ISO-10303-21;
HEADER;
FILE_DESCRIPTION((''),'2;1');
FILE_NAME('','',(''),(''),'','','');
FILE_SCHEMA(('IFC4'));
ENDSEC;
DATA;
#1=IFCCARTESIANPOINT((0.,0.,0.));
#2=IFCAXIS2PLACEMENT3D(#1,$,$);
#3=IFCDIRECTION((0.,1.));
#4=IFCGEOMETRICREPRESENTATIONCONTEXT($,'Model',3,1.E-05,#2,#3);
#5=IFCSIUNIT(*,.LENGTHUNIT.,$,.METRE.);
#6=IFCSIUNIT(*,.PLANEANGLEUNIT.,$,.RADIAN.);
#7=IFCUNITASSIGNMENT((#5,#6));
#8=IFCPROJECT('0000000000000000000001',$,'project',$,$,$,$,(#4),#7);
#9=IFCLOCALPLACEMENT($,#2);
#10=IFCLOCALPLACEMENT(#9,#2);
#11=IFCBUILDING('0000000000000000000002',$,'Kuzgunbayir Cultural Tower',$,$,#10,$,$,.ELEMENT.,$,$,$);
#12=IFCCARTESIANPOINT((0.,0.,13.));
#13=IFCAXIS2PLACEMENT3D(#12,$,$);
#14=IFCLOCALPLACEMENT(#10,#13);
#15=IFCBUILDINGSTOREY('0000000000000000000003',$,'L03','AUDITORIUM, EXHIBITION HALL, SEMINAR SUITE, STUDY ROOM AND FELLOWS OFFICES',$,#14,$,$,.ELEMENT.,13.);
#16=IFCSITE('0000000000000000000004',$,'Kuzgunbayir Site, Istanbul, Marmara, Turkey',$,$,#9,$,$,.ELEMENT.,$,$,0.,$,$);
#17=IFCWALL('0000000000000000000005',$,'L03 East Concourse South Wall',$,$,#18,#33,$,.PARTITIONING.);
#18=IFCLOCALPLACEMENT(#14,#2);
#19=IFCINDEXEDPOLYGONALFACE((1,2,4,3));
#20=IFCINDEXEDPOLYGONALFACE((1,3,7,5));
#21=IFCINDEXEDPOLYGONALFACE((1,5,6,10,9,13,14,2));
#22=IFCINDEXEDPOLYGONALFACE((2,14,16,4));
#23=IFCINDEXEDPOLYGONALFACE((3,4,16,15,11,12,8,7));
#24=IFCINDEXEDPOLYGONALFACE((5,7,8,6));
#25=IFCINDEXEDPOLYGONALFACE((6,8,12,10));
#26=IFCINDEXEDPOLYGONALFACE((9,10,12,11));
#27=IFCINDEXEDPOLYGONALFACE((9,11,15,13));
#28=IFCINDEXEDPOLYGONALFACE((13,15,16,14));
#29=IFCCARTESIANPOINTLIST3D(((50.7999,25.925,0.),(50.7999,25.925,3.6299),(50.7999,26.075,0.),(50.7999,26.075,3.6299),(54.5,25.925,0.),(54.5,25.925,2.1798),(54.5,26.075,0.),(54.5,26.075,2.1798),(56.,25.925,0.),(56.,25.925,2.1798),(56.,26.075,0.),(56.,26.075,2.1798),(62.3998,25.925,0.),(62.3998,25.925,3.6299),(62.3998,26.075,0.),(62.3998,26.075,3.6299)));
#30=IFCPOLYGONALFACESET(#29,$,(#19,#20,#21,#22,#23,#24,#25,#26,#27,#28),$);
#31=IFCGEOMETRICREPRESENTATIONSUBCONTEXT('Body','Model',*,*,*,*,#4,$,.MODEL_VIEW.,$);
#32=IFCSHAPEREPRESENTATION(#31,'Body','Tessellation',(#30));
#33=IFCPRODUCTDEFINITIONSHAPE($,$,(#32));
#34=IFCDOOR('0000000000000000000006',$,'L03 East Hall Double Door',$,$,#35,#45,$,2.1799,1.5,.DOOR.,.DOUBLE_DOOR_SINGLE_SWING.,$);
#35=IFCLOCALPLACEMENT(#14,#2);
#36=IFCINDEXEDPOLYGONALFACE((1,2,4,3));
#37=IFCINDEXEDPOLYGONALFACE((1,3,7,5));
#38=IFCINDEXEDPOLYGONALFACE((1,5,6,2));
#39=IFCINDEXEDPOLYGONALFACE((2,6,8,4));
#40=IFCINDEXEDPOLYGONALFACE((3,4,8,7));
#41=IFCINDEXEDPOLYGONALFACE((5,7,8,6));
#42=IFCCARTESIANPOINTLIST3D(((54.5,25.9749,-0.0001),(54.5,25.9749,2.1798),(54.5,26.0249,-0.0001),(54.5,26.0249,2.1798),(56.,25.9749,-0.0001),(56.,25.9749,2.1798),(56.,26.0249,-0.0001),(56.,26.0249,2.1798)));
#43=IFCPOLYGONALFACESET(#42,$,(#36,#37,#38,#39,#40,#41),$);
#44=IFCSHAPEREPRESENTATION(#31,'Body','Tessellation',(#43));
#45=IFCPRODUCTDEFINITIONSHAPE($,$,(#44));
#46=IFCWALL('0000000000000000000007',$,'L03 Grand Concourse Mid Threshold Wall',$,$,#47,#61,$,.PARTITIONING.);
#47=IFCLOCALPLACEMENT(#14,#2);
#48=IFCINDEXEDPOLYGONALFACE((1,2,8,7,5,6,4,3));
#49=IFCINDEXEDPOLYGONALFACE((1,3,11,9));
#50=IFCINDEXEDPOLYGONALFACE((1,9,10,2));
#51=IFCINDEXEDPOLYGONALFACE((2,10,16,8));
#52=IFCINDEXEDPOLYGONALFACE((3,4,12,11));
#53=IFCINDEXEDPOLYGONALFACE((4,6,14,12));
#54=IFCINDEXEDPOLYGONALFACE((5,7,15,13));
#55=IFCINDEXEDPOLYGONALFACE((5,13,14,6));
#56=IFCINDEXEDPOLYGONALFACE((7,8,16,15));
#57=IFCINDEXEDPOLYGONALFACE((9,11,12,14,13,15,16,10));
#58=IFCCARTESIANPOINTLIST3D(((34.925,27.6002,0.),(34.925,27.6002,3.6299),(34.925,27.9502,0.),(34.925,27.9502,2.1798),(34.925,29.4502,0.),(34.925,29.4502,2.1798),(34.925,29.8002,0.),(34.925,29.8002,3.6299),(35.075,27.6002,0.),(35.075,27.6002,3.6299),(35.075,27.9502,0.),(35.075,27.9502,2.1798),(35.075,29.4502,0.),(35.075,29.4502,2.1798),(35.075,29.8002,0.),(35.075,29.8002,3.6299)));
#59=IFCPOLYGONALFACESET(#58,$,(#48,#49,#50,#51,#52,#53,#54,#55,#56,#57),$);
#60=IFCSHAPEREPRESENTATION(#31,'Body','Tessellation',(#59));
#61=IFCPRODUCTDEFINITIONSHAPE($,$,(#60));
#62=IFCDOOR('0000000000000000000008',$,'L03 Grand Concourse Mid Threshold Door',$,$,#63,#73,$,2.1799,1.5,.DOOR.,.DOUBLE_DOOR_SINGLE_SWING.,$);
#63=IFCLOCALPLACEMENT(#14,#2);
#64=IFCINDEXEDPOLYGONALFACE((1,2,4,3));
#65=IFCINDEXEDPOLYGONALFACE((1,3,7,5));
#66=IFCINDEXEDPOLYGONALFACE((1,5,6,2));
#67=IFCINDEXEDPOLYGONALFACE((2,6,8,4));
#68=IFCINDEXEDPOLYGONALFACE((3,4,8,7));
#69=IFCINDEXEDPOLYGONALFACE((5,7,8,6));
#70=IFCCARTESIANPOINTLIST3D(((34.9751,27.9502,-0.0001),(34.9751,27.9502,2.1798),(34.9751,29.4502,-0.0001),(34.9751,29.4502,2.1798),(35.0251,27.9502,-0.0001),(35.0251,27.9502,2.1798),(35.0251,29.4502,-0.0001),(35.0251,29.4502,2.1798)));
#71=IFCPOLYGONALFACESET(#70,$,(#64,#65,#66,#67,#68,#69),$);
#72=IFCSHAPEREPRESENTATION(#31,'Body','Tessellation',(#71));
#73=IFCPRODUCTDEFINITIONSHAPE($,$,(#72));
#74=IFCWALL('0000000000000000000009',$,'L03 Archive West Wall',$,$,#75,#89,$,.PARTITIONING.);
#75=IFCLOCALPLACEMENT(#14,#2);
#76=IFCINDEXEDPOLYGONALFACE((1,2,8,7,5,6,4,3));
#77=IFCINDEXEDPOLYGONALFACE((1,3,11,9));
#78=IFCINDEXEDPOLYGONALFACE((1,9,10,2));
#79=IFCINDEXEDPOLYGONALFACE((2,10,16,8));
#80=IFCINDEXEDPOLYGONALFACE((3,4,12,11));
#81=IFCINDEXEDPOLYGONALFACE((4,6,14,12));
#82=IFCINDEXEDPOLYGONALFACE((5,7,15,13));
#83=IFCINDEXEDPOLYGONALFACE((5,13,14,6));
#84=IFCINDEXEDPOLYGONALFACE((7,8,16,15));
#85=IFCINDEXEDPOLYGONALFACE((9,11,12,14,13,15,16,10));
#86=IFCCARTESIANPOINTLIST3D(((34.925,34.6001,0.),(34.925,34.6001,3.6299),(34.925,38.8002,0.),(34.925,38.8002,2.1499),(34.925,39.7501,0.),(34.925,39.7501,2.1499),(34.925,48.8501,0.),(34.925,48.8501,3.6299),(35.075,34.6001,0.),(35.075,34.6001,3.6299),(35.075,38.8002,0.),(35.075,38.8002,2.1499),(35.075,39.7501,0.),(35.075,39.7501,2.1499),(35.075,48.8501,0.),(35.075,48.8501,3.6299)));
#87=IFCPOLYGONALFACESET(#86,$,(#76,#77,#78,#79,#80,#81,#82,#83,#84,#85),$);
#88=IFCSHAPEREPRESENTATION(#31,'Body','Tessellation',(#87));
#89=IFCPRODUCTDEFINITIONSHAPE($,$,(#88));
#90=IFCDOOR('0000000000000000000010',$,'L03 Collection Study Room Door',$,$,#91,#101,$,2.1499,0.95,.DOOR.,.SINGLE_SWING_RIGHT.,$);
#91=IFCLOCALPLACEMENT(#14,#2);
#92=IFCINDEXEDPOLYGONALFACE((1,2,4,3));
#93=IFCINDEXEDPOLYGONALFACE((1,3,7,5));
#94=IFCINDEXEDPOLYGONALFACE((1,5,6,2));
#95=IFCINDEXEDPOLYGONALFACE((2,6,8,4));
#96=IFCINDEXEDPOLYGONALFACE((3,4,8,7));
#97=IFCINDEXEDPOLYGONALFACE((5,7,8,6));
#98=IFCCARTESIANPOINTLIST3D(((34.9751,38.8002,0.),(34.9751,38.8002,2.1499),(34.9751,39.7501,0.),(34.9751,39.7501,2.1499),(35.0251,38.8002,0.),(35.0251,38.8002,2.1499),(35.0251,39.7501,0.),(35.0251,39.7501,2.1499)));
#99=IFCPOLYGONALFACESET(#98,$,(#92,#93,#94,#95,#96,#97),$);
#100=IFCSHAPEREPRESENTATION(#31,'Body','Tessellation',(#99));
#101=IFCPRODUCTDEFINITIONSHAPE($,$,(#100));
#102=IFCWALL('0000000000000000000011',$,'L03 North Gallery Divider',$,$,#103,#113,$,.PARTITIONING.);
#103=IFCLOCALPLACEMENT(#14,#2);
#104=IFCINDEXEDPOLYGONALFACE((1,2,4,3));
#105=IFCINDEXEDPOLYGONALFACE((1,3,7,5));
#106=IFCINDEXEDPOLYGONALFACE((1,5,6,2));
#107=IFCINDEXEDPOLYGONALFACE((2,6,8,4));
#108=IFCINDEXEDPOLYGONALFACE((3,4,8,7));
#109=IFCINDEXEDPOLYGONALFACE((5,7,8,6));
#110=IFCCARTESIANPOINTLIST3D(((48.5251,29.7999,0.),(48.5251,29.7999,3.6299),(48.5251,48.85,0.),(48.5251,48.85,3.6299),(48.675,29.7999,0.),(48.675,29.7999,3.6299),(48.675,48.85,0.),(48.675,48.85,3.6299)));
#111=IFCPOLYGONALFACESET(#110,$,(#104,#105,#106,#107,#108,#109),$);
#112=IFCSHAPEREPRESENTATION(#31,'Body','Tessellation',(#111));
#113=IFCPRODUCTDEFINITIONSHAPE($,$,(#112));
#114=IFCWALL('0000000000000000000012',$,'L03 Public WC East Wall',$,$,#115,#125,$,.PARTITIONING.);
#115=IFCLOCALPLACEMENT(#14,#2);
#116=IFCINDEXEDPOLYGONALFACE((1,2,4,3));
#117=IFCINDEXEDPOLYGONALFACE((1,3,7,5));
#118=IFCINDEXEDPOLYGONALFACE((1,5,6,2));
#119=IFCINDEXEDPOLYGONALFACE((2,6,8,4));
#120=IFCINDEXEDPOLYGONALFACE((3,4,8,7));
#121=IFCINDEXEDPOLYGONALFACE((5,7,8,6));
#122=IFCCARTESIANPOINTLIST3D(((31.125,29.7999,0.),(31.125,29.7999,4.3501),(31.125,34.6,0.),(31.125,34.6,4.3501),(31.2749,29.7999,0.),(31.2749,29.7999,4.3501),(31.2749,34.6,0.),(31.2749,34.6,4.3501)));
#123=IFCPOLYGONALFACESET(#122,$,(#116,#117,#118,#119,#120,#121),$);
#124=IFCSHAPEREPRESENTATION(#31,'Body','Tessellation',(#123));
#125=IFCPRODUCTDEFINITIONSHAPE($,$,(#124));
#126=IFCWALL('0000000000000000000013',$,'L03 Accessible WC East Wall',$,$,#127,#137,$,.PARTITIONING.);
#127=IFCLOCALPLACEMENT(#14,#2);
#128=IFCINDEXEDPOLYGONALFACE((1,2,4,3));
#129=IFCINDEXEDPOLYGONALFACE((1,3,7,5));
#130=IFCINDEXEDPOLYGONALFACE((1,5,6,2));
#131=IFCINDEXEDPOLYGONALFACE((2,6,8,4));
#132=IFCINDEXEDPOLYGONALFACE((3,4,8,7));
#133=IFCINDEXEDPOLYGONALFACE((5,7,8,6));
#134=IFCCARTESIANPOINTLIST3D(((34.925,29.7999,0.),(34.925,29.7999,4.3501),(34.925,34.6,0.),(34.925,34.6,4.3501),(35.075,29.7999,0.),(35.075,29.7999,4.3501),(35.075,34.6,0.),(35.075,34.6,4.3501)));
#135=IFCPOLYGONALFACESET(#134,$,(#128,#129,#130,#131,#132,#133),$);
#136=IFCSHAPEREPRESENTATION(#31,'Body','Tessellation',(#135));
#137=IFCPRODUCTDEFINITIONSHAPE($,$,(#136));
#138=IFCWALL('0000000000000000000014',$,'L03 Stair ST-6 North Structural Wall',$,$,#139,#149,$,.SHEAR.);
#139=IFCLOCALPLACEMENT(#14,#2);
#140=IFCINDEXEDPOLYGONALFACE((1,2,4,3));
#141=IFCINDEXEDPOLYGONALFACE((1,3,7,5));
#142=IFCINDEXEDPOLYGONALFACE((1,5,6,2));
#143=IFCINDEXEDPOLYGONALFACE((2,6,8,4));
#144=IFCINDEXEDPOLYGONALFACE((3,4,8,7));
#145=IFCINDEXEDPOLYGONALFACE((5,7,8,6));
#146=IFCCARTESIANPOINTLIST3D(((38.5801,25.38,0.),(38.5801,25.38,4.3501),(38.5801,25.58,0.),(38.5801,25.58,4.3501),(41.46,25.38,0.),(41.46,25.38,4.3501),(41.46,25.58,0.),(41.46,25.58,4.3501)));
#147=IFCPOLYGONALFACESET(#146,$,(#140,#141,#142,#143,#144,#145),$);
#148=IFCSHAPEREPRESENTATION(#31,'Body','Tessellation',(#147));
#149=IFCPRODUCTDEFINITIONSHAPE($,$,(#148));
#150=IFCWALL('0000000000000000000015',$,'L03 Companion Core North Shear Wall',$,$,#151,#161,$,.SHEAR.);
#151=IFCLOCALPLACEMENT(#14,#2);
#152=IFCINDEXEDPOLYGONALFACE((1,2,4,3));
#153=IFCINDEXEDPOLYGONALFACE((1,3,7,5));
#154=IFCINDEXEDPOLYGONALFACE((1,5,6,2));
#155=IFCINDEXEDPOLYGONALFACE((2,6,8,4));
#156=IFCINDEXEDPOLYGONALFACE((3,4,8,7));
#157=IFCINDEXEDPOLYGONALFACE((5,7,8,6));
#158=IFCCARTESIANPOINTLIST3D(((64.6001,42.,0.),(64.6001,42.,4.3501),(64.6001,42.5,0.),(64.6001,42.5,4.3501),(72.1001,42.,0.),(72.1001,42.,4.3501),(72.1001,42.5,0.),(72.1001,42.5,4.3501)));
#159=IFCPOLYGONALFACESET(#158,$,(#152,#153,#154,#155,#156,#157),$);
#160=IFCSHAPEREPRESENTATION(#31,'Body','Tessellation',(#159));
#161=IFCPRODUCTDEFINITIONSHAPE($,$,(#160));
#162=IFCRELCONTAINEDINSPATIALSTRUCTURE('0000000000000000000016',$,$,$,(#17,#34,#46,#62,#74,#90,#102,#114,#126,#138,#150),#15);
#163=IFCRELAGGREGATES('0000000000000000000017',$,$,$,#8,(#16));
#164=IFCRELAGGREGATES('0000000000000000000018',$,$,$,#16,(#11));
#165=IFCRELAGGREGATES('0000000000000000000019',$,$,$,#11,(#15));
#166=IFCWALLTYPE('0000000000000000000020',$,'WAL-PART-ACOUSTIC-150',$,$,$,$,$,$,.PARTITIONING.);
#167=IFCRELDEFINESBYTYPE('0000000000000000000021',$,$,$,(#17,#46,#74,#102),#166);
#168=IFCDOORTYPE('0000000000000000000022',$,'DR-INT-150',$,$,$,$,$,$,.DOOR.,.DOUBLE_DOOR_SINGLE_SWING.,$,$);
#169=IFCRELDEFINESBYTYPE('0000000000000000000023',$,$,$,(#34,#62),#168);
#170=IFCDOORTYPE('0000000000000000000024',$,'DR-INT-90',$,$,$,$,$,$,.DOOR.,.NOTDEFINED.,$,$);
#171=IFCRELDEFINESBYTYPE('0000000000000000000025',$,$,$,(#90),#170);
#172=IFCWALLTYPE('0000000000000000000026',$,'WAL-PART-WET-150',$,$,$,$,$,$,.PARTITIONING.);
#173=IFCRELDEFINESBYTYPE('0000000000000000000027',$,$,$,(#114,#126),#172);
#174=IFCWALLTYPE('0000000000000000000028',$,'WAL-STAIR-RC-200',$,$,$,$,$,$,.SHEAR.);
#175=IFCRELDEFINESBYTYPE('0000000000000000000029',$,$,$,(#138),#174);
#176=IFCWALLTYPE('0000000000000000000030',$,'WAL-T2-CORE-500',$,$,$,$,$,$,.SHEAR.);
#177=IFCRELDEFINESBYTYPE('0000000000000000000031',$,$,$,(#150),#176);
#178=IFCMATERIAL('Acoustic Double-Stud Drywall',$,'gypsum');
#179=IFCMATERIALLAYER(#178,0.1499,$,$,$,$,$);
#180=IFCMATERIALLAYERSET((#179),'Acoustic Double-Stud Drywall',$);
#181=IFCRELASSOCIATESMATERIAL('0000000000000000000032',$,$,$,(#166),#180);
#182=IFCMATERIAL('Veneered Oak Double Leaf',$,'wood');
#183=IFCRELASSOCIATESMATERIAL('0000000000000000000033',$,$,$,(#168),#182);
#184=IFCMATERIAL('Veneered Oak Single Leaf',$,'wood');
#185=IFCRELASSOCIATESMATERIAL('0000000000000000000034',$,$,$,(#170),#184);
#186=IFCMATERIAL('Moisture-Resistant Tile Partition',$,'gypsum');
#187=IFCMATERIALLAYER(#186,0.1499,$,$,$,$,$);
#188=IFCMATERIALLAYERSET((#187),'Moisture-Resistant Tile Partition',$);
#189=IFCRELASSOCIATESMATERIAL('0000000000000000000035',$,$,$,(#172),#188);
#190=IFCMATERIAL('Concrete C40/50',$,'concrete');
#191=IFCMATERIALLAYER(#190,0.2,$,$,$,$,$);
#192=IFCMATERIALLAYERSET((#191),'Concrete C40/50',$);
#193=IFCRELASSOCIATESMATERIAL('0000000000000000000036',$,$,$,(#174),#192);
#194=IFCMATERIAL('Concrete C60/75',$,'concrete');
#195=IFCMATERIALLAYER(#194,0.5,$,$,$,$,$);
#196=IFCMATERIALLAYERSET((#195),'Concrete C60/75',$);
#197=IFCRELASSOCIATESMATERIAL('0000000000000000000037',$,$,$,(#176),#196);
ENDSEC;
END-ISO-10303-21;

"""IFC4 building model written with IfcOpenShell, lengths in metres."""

from ifc_helpers import new_model, si_unit, direction, frame, frame_2d, origin, place, context, subcontext, project, spatial, rectangle, extrude, material, layer, layer_set, type_object, element, fill, save


model = new_model("IFC4")

# Units and contexts
model_context = context("Model", 3, precision=1e-05, world=origin(), true_north=direction((0.0, 1.0)))
body_context = subcontext(model_context, "Body", "Model", "MODEL_VIEW")
ifc_project = project(units=[si_unit("LENGTHUNIT", "METRE"), si_unit("PLANEANGLEUNIT", "RADIAN")], contexts=[model_context])

# Site, building, storey
site_placement = place(None, origin())
site = spatial("IfcSite", under=ifc_project, at=site_placement, Name="Kuzgunbayir Site, Istanbul, Marmara, Turkey", CompositionType="ELEMENT", RefElevation=0.0)
building_placement = place(site_placement, origin())
building = spatial("IfcBuilding", under=site, at=building_placement, Name="Kuzgunbayir Cultural Tower", CompositionType="ELEMENT")
storey_placement = place(building_placement, frame((0.0, 0.0, 13.0)))
storey = spatial("IfcBuildingStorey", under=building, at=storey_placement, Name="L03", Description="AUDITORIUM, EXHIBITION HALL, SEMINAR SUITE, STUDY ROOM AND FELLOWS OFFICES", CompositionType="ELEMENT", Elevation=13.0)

# Shared definitions
ifc_material_1 = material(Name="Concrete C60/75", Category="concrete")

# Walls, openings, doors
ifc_material_2 = material(Name="Acoustic Double-Stud Drywall", Category="gypsum")
ifc_layer_1 = layer(ifc_material_2, 0.1499)
ifc_layer_set_1 = layer_set([ifc_layer_1], Name="Acoustic Double-Stud Drywall")
wall_type_1 = type_object("IfcWallType", Name="WAL-PART-ACOUSTIC-150", PredefinedType="PARTITIONING", material=ifc_layer_set_1)
wall_1_placement = place(storey_placement, frame((50.8, 26.0, 0.0), z_axis=(0.0, 0.0, 1.0), x_axis=(1.0, 0.0, 0.0)))
wall_1 = element("IfcWall", 1, at=wall_1_placement, inside=storey, type_object=wall_type_1, Name="L03 East Concourse South Wall", PredefinedType="PARTITIONING", context=body_context, shape_type="SweptSolid", body=[
    extrude(rectangle(XDim=11.5999, YDim=0.1499, at=frame_2d((5.7998, 0.0))), origin(), (0.0, 0.0, 1.0), 3.6299),
])
opening_1_placement = place(wall_1_placement, frame((3.7, 0.0, 0.0)))
opening_1 = element("IfcOpeningElement", 2, at=opening_1_placement, cuts=wall_1, PredefinedType="OPENING", context=body_context, shape_type="SweptSolid", body=[
    extrude(rectangle(XDim=1.5, YDim=2.1799, at=frame_2d((0.75, 1.0898))), frame((0.0, 0.085, 0.0), z_axis=(0.0, -1.0, 0.0), x_axis=(1.0, 0.0, 0.0)), (0.0, 0.0, 1.0), 0.1699),
])
ifc_material_3 = material(Name="Veneered Oak Double Leaf", Category="wood")
door_type_1 = type_object("IfcDoorType", Name="DR-INT-150", OperationType="DOUBLE_DOOR_SINGLE_SWING", PredefinedType="DOOR", material=ifc_material_3)
door_1_placement = place(opening_1_placement, origin())
door_1 = element("IfcDoor", 3, at=door_1_placement, inside=storey, type_object=door_type_1, Name="L03 East Hall Double Door", OperationType="DOUBLE_DOOR_SINGLE_SWING", OverallHeight=2.1799, OverallWidth=1.5, PredefinedType="DOOR", context=body_context, shape_type="SweptSolid", body=[
    extrude(rectangle(XDim=1.5, YDim=2.1799, at=frame_2d((0.75, 1.0898))), frame((0.0, 0.0249, 0.0), z_axis=(0.0, -1.0, 0.0), x_axis=(1.0, 0.0, 0.0)), (0.0, 0.0, 1.0), 0.05),
])
fill(opening_1, door_1)
wall_2_placement = place(storey_placement, frame((35.0, 27.6001, 0.0), z_axis=(0.0, 0.0, 1.0), x_axis=(0.0, 1.0, 0.0)))
wall_2 = element("IfcWall", 4, at=wall_2_placement, inside=storey, type_object=wall_type_1, Name="L03 Grand Concourse Mid Threshold Wall", PredefinedType="PARTITIONING", context=body_context, shape_type="SweptSolid", body=[
    extrude(rectangle(XDim=2.2, YDim=0.1499, at=frame_2d((1.1001, 0.0))), origin(), (0.0, 0.0, 1.0), 3.6299),
])
opening_2_placement = place(wall_2_placement, frame((0.3501, 0.0, 0.0)))
opening_2 = element("IfcOpeningElement", 5, at=opening_2_placement, cuts=wall_2, PredefinedType="OPENING", context=body_context, shape_type="SweptSolid", body=[
    extrude(rectangle(XDim=1.5, YDim=2.1799, at=frame_2d((0.75, 1.0898))), frame((0.0, 0.085, 0.0), z_axis=(0.0, -1.0, 0.0), x_axis=(1.0, 0.0, 0.0)), (0.0, 0.0, 1.0), 0.1699),
])
door_2_placement = place(opening_2_placement, origin())
door_2 = element("IfcDoor", 6, at=door_2_placement, inside=storey, type_object=door_type_1, Name="L03 Grand Concourse Mid Threshold Door", OperationType="DOUBLE_DOOR_SINGLE_SWING", OverallHeight=2.1799, OverallWidth=1.5, PredefinedType="DOOR", context=body_context, shape_type="SweptSolid", body=[
    extrude(rectangle(XDim=1.5, YDim=2.1799, at=frame_2d((0.75, 1.0898))), frame((0.0, 0.0249, 0.0), z_axis=(0.0, -1.0, 0.0), x_axis=(1.0, 0.0, 0.0)), (0.0, 0.0, 1.0), 0.05),
])
fill(opening_2, door_2)
wall_3_placement = place(storey_placement, frame((35.0, 34.6001, 0.0), z_axis=(0.0, 0.0, 1.0), x_axis=(0.0, 1.0, 0.0)))
wall_3 = element("IfcWall", 7, at=wall_3_placement, inside=storey, type_object=wall_type_1, Name="L03 Archive West Wall", PredefinedType="PARTITIONING", context=body_context, shape_type="SweptSolid", body=[
    extrude(rectangle(XDim=14.25, YDim=0.1499, at=frame_2d((7.125, 0.0))), origin(), (0.0, 0.0, 1.0), 3.6299),
])
opening_3_placement = place(wall_3_placement, frame((4.2, 0.0, 0.0)))
opening_3 = element("IfcOpeningElement", 8, at=opening_3_placement, cuts=wall_3, PredefinedType="OPENING", context=body_context, shape_type="SweptSolid", body=[
    extrude(rectangle(XDim=0.95, YDim=2.1499, at=frame_2d((0.4751, 1.075))), frame((0.0, 0.085, 0.0), z_axis=(0.0, -1.0, 0.0), x_axis=(1.0, 0.0, 0.0)), (0.0, 0.0, 1.0), 0.1699),
])
ifc_material_4 = material(Name="Veneered Oak Single Leaf", Category="wood")
door_type_2 = type_object("IfcDoorType", Name="DR-INT-90", OperationType="NOTDEFINED", PredefinedType="DOOR", material=ifc_material_4)
door_3_placement = place(opening_3_placement, origin())
door_3 = element("IfcDoor", 9, at=door_3_placement, inside=storey, type_object=door_type_2, Name="L03 Collection Study Room Door", OperationType="SINGLE_SWING_RIGHT", OverallHeight=2.1499, OverallWidth=0.95, PredefinedType="DOOR", context=body_context, shape_type="SweptSolid", body=[
    extrude(rectangle(XDim=0.95, YDim=2.1499, at=frame_2d((0.4751, 1.075))), frame((0.0, 0.0249, 0.0), z_axis=(0.0, -1.0, 0.0), x_axis=(1.0, 0.0, 0.0)), (0.0, 0.0, 1.0), 0.05),
])
fill(opening_3, door_3)

# Walls
wall_4_placement = place(storey_placement, frame((48.6001, 29.8, 0.0), z_axis=(0.0, 0.0, 1.0), x_axis=(0.0, 1.0, 0.0)))
element("IfcWall", 10, at=wall_4_placement, inside=storey, type_object=wall_type_1, Name="L03 North Gallery Divider", PredefinedType="PARTITIONING", context=body_context, shape_type="SweptSolid", body=[
    extrude(rectangle(XDim=19.05, YDim=0.1499, at=frame_2d((9.5249, 0.0))), origin(), (0.0, 0.0, 1.0), 3.6299),
])
ifc_material_5 = material(Name="Moisture-Resistant Tile Partition", Category="gypsum")
ifc_layer_2 = layer(ifc_material_5, 0.1499)
ifc_layer_set_2 = layer_set([ifc_layer_2], Name="Moisture-Resistant Tile Partition")
wall_type_2 = type_object("IfcWallType", Name="WAL-PART-WET-150", PredefinedType="PARTITIONING", material=ifc_layer_set_2)
for number, where, z_axis, x_axis, name in (
    (11, (31.2, 29.8, 0.0), (0.0, 0.0, 1.0), (0.0, 1.0, 0.0), "L03 Public WC East Wall"),
    (12, (35.0, 29.8, 0.0), (0.0, 0.0, 1.0), (0.0, 1.0, 0.0), "L03 Accessible WC East Wall"),
):
    element("IfcWall", number, at=place(storey_placement, frame(where, z_axis=z_axis, x_axis=x_axis)), inside=storey, type_object=wall_type_2, Name=name, PredefinedType="PARTITIONING", context=body_context, shape_type="SweptSolid", body=[
        extrude(rectangle(XDim=4.8, YDim=0.1499, at=frame_2d((2.3999, 0.0))), origin(), (0.0, 0.0, 1.0), 4.3501),
    ])
ifc_material_6 = material(Name="Concrete C40/50", Category="concrete")
ifc_layer_3 = layer(ifc_material_6, 0.2)
ifc_layer_set_3 = layer_set([ifc_layer_3], Name="Concrete C40/50")
wall_type_3 = type_object("IfcWallType", Name="WAL-STAIR-RC-200", PredefinedType="SHEAR", material=ifc_layer_set_3)
wall_5_placement = place(storey_placement, frame((38.5801, 25.48, 0.0), z_axis=(0.0, 0.0, 1.0), x_axis=(1.0, 0.0, 0.0)))
element("IfcWall", 13, at=wall_5_placement, inside=storey, type_object=wall_type_3, Name="L03 Stair ST-6 North Structural Wall", PredefinedType="SHEAR", context=body_context, shape_type="SweptSolid", body=[
    extrude(rectangle(XDim=2.8799, YDim=0.2, at=frame_2d((1.4399, 0.0))), origin(), (0.0, 0.0, 1.0), 4.3501),
])
ifc_layer_4 = layer(ifc_material_1, 0.5)
ifc_layer_set_4 = layer_set([ifc_layer_4], Name="Concrete C60/75")
wall_type_4 = type_object("IfcWallType", Name="WAL-T2-CORE-500", PredefinedType="SHEAR", material=ifc_layer_set_4)
wall_6_placement = place(storey_placement, frame((64.6001, 42.25, 0.0), z_axis=(0.0, 0.0, 1.0), x_axis=(1.0, 0.0, 0.0)))
element("IfcWall", 14, at=wall_6_placement, inside=storey, type_object=wall_type_4, Name="L03 Companion Core North Shear Wall", PredefinedType="SHEAR", context=body_context, shape_type="SweptSolid", body=[
    extrude(rectangle(XDim=7.5, YDim=0.5, at=frame_2d((3.75, 0.0))), origin(), (0.0, 0.0, 1.0), 4.3501),
])

save(model, "model.ifc")
